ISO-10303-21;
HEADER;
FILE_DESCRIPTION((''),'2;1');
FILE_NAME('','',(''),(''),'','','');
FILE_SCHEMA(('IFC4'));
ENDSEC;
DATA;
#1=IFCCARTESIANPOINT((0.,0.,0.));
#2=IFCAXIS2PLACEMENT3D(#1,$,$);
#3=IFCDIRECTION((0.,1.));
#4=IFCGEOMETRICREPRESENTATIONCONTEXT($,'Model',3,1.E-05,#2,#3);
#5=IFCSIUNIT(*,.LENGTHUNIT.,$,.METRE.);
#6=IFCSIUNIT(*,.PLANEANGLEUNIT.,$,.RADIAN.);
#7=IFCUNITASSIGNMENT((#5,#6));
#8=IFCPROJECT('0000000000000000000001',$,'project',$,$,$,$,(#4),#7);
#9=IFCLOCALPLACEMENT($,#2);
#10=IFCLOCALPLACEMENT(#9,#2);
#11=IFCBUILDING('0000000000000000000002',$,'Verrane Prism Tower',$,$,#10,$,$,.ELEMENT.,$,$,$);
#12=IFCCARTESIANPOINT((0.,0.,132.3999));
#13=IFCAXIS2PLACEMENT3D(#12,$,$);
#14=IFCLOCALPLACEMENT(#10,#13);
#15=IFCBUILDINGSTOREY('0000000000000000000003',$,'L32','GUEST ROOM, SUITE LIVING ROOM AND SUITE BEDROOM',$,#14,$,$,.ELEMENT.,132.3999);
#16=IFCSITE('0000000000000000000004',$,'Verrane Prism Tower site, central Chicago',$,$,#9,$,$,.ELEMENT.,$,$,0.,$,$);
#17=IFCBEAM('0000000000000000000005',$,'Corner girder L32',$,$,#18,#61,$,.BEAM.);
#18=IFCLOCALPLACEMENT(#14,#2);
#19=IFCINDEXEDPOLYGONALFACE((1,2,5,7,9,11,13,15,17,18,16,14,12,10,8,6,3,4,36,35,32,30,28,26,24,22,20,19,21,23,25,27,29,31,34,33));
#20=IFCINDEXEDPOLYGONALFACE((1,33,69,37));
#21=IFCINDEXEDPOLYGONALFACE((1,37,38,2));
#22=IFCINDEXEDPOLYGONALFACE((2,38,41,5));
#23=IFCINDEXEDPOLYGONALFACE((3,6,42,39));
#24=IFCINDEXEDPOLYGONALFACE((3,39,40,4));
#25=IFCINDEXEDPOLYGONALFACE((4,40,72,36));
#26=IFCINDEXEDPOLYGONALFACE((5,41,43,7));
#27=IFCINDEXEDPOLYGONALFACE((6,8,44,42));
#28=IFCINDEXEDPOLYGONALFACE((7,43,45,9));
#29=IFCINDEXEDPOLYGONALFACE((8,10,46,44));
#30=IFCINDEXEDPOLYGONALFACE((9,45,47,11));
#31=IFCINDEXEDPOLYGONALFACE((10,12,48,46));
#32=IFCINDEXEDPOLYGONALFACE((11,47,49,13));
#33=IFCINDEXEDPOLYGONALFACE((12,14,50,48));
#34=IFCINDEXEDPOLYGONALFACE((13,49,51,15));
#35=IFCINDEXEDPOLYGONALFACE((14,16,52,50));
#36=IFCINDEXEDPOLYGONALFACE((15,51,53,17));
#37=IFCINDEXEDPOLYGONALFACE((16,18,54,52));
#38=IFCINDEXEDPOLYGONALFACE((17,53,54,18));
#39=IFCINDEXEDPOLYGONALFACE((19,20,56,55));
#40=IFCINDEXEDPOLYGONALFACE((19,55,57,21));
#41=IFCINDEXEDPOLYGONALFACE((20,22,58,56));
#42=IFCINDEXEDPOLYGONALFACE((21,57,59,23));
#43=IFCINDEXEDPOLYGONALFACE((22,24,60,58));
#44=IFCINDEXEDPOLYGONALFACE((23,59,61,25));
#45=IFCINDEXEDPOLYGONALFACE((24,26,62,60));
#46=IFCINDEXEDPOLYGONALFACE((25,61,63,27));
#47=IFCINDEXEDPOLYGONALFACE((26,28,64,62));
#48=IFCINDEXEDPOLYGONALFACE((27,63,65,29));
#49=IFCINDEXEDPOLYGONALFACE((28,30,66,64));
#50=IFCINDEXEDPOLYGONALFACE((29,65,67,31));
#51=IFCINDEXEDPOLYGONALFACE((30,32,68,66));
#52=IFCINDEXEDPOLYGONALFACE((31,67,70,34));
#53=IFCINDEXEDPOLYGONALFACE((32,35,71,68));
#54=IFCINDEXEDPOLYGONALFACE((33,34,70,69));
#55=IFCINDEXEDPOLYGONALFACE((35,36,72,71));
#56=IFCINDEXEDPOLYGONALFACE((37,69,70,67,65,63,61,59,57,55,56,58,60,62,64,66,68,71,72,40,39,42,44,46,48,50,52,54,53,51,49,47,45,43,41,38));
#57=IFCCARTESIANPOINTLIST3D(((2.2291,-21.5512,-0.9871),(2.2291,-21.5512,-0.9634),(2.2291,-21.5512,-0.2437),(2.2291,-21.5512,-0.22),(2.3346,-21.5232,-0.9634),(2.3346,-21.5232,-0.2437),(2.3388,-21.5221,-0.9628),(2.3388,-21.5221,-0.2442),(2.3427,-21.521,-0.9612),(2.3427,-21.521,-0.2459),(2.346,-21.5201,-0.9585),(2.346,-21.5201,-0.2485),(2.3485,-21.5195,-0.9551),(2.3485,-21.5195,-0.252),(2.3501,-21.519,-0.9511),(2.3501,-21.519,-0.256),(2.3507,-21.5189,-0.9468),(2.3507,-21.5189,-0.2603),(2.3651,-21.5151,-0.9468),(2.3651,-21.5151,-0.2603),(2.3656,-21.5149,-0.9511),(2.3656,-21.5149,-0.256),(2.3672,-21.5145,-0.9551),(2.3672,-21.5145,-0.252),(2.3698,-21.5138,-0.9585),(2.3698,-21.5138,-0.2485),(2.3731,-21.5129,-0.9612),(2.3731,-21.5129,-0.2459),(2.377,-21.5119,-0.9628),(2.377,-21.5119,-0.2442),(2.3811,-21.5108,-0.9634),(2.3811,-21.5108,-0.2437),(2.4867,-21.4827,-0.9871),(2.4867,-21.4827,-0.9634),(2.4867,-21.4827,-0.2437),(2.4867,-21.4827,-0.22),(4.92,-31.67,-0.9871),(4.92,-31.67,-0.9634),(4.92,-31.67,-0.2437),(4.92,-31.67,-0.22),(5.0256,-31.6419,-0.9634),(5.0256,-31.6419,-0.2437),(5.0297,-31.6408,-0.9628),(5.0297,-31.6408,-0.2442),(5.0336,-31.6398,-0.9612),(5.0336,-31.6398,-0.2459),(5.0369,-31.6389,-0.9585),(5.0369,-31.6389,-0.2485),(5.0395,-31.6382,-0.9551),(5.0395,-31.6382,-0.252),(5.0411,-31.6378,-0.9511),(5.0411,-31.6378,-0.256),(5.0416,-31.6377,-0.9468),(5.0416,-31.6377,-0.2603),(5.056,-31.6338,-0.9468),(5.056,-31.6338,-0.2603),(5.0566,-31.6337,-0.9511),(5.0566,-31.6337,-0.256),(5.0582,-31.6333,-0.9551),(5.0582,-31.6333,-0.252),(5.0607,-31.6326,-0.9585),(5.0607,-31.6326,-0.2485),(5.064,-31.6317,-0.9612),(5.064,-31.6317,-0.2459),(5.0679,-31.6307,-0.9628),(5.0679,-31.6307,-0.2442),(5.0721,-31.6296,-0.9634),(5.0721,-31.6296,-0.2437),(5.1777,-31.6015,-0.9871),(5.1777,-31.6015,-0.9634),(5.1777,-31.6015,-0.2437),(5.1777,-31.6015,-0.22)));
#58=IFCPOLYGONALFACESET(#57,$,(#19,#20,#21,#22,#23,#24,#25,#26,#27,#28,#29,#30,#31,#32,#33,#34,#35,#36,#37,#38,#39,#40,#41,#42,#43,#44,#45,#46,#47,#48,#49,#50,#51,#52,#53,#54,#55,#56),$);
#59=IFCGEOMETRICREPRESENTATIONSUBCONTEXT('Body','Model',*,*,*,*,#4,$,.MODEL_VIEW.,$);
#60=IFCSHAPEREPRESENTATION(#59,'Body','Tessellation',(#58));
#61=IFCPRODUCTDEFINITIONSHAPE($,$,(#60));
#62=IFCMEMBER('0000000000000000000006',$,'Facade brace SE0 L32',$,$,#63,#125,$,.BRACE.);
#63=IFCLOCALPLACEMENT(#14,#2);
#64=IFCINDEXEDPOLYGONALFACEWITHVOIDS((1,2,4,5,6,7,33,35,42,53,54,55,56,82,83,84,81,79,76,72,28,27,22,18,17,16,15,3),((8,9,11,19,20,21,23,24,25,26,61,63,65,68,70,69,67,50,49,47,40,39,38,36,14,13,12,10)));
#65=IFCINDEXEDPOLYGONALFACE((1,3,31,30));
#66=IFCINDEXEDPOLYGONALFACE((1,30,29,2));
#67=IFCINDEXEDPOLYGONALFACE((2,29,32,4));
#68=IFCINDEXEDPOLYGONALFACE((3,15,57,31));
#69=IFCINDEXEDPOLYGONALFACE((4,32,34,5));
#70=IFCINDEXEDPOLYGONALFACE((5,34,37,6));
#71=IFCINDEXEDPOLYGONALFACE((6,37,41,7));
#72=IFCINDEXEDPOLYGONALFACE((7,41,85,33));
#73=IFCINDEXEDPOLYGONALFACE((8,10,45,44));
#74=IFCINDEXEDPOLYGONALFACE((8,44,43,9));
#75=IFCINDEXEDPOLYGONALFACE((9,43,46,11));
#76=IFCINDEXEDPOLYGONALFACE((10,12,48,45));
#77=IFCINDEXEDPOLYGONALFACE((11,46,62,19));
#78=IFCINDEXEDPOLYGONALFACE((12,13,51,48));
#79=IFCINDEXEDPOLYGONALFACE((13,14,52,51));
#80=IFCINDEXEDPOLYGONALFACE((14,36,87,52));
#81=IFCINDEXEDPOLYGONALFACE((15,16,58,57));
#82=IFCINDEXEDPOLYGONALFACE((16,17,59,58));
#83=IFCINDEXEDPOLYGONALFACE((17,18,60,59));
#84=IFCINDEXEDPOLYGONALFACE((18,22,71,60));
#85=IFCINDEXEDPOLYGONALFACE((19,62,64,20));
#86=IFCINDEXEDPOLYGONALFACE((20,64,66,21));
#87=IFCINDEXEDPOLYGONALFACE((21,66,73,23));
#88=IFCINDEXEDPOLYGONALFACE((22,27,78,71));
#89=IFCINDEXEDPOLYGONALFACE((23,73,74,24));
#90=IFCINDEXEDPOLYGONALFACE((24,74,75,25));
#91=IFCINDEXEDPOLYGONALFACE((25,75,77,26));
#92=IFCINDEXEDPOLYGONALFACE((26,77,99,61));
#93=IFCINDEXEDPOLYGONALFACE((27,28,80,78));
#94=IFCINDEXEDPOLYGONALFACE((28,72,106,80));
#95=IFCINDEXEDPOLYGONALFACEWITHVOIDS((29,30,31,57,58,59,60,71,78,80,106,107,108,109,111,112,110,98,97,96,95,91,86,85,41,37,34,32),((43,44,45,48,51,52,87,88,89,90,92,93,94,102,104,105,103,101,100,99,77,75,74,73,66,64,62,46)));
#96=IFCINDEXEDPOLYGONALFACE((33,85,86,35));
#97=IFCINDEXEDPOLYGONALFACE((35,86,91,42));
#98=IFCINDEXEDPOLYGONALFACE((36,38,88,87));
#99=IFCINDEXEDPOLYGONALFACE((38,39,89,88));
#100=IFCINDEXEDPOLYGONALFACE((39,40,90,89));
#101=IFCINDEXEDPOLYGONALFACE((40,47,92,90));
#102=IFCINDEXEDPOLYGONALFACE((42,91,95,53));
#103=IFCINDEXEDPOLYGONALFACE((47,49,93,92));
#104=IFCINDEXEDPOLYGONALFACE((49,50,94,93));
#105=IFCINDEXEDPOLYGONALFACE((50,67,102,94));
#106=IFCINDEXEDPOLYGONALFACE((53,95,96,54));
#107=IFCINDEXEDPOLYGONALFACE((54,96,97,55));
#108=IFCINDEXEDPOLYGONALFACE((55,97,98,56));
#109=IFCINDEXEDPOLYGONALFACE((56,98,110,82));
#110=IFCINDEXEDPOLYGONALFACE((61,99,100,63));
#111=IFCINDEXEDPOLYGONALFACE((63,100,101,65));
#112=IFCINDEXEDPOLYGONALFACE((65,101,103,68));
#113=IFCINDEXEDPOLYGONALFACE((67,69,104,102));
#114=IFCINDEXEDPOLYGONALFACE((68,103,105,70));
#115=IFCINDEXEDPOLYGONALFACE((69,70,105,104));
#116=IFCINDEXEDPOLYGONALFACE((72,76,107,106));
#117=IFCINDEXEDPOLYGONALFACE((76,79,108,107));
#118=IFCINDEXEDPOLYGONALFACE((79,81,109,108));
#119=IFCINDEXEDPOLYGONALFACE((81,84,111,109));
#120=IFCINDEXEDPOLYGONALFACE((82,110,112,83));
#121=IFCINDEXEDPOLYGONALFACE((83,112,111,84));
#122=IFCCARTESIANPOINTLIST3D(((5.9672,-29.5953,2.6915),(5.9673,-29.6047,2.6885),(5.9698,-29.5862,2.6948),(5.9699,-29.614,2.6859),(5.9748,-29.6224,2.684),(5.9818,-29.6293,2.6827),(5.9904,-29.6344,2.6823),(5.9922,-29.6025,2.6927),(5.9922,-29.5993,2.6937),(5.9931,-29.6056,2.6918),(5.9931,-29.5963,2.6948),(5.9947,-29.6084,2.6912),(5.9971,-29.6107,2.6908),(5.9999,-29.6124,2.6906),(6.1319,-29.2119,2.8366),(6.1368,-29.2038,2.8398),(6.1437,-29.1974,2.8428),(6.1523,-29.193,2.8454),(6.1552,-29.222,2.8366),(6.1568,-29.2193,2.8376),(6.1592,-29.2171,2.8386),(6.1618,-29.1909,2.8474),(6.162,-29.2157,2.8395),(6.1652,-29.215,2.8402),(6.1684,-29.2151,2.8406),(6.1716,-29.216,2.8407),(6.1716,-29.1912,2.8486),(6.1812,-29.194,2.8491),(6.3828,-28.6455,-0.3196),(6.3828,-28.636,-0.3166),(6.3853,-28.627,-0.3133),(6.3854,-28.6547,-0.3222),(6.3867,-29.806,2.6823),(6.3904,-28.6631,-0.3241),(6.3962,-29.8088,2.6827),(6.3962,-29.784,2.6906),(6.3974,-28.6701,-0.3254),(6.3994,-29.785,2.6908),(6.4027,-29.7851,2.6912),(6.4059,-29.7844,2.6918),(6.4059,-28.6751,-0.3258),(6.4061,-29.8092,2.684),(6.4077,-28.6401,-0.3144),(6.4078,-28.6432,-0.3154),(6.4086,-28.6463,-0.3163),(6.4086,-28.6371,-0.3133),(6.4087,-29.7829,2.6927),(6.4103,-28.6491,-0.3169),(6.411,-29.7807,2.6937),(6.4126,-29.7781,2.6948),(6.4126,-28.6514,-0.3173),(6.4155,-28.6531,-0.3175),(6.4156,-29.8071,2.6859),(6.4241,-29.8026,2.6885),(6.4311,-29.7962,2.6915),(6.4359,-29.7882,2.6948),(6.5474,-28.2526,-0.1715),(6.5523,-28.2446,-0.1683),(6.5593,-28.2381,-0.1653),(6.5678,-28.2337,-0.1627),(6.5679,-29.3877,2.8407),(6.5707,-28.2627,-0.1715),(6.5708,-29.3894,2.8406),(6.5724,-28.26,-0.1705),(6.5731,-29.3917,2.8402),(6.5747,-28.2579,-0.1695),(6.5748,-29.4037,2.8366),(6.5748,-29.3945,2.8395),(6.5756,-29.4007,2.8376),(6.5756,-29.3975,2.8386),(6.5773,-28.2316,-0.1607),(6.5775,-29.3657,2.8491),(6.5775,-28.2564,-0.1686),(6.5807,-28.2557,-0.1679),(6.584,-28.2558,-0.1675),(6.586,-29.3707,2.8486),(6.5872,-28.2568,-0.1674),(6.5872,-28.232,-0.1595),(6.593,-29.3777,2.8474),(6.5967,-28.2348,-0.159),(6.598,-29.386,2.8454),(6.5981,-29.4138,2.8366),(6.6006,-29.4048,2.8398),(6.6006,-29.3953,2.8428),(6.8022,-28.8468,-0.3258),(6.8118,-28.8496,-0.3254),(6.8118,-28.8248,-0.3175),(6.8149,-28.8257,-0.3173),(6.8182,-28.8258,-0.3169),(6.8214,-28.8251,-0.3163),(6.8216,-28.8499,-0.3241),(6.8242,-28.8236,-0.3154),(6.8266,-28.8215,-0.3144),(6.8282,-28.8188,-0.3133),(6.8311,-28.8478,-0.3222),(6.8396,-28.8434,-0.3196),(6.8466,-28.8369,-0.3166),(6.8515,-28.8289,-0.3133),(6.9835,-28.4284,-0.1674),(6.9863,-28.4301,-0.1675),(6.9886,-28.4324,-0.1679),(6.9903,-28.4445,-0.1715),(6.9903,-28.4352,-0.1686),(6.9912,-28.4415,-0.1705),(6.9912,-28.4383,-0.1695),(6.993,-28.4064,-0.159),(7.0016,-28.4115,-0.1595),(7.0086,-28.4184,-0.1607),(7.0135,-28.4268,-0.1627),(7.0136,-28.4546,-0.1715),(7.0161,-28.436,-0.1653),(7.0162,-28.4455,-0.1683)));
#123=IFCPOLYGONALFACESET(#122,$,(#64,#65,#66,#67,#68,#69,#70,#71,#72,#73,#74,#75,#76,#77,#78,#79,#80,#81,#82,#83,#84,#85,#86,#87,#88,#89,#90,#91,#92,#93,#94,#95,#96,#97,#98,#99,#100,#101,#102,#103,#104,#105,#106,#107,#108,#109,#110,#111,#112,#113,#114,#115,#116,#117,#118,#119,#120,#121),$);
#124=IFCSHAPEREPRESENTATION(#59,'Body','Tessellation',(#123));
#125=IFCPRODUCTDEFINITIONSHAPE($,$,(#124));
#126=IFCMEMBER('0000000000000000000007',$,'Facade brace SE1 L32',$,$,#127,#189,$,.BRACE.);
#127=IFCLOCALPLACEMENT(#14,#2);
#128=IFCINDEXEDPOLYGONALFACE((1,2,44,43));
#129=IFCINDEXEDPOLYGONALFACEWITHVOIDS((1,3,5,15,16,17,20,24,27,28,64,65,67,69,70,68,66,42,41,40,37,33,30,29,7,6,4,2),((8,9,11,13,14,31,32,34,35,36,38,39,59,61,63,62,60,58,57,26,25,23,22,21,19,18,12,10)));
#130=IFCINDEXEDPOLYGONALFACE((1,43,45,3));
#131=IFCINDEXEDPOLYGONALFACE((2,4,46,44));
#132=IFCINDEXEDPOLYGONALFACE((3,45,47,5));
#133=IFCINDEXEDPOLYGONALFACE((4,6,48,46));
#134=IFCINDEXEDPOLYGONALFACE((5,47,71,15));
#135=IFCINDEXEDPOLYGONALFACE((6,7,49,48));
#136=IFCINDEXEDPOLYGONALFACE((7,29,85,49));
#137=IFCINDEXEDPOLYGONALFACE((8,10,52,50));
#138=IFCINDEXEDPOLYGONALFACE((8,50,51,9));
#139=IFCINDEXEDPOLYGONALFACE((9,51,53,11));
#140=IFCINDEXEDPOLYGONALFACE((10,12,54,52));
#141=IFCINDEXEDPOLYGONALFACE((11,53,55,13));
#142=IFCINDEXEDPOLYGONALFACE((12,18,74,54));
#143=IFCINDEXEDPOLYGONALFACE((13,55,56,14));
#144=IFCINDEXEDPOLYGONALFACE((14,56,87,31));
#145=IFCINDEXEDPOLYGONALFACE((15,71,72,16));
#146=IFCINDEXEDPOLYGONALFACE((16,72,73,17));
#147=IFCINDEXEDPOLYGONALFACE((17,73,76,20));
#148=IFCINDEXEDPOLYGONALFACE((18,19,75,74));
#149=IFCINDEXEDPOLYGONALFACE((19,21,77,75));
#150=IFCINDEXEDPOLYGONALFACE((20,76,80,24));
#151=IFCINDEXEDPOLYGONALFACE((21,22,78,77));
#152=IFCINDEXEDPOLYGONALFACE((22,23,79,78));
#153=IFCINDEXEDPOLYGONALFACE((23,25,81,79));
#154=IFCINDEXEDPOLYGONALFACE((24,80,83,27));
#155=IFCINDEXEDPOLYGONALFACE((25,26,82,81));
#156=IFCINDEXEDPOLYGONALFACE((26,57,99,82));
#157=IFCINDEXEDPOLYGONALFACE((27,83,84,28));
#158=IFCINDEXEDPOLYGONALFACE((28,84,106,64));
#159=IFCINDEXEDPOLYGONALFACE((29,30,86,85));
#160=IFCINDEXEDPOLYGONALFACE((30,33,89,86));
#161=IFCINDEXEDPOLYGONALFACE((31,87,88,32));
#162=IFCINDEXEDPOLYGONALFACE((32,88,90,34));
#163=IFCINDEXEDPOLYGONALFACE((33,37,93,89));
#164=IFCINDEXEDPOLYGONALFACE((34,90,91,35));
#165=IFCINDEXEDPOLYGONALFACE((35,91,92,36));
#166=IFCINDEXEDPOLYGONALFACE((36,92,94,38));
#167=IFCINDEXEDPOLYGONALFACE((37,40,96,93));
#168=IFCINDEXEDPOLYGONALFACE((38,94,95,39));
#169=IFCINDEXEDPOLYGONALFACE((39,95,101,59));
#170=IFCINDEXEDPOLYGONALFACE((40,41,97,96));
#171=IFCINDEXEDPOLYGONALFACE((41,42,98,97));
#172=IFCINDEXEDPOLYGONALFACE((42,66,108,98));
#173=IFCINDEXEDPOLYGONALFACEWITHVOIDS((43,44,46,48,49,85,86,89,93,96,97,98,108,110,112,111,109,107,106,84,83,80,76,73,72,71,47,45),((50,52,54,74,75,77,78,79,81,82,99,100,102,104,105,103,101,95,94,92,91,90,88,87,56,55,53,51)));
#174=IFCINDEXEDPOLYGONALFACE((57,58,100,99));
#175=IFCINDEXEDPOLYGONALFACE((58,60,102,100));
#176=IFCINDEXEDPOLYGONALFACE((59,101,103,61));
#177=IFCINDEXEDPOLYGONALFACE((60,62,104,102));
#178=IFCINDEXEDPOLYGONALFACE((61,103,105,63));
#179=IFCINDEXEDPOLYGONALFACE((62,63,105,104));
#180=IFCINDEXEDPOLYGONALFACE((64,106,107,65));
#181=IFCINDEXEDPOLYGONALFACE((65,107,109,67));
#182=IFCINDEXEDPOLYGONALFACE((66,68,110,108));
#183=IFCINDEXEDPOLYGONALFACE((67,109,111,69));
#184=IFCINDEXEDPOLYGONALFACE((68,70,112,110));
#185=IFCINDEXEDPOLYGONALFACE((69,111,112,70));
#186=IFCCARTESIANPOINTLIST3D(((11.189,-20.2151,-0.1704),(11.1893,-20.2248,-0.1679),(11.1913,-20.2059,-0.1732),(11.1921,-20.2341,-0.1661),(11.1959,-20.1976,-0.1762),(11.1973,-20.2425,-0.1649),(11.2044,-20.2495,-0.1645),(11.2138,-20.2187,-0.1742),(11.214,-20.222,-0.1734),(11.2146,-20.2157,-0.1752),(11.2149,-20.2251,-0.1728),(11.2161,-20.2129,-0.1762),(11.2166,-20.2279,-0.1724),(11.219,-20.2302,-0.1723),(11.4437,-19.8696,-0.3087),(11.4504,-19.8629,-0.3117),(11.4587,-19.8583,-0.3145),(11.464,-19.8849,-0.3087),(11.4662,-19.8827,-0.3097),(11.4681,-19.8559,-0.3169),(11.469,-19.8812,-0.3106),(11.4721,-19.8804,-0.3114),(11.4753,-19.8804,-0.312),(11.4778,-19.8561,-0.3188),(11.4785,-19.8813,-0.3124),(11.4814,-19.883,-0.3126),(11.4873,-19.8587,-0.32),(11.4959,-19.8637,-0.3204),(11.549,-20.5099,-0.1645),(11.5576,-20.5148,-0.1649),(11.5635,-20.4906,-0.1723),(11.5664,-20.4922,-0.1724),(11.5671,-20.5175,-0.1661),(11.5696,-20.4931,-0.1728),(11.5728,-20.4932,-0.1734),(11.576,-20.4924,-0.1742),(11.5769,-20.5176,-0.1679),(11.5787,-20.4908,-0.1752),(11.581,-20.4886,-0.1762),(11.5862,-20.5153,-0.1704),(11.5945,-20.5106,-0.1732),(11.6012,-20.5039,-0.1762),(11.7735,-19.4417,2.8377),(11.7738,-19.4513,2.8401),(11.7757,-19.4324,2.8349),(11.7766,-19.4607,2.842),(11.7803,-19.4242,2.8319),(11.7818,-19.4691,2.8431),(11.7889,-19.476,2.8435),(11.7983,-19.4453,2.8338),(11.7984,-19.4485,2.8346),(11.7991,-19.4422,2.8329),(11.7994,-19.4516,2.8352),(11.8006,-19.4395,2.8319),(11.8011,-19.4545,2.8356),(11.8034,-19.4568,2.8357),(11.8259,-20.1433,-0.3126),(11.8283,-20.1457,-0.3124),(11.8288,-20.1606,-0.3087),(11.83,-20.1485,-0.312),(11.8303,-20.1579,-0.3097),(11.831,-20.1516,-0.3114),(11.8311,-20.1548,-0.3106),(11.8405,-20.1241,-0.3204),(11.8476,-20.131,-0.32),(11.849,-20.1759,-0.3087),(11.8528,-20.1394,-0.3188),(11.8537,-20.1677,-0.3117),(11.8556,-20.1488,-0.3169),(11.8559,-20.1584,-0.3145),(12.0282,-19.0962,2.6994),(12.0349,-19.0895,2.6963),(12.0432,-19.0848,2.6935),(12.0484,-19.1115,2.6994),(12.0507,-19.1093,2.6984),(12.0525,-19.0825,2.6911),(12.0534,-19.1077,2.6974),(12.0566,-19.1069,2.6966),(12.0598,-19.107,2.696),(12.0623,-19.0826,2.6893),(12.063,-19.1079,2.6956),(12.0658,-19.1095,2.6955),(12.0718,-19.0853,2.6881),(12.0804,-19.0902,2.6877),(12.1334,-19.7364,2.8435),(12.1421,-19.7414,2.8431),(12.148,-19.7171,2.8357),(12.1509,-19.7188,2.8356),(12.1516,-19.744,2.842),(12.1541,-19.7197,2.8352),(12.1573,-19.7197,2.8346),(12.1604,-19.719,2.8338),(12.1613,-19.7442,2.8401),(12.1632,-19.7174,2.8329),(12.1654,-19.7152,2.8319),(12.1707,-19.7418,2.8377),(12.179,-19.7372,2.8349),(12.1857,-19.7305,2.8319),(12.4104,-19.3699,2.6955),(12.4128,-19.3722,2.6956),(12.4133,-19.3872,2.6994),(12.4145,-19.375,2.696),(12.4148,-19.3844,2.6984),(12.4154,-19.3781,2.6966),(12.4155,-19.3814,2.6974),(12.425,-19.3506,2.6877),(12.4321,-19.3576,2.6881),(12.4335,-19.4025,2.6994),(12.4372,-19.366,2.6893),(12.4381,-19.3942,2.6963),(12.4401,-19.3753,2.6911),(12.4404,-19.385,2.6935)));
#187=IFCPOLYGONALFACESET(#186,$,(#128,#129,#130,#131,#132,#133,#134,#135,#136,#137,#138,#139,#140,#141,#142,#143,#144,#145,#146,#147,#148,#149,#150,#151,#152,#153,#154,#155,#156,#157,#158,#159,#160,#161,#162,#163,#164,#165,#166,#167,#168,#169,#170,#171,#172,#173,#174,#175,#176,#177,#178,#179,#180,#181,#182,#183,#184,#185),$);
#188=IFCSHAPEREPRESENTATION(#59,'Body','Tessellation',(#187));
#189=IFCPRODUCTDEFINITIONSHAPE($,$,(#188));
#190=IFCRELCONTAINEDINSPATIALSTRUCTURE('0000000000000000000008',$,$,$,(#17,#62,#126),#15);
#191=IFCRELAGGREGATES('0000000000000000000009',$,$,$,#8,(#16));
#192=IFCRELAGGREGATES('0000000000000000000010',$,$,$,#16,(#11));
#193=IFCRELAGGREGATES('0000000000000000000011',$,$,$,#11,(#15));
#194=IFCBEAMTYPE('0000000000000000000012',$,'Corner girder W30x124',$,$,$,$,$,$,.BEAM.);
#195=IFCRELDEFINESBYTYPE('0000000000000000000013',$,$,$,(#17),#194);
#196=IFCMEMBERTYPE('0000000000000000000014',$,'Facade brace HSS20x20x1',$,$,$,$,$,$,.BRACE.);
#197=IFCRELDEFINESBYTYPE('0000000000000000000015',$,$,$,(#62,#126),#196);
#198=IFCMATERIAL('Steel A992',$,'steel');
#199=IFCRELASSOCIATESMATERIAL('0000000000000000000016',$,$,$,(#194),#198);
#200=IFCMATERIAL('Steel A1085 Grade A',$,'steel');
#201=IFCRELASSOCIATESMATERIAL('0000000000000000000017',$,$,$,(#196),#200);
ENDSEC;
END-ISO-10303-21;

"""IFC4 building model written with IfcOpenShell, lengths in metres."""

from ifc_helpers import new_model, si_unit, direction, frame, origin, origin_2d, place, context, subcontext, project, spatial, hollow_rectangle, i_section, extrude, material, material_profile, profile_set, type_object, element, save


model = new_model("IFC4")

# Units and contexts
model_context = context("Model", 3, precision=1e-05, world=origin(), true_north=direction((0.0, 1.0)))
body_context = subcontext(model_context, "Body", "Model", "MODEL_VIEW")
ifc_project = project(units=[si_unit("LENGTHUNIT", "METRE"), si_unit("PLANEANGLEUNIT", "RADIAN")], contexts=[model_context])

# Site, building, storey
site_placement = place(None, origin())
site = spatial("IfcSite", under=ifc_project, at=site_placement, Name="Verrane Prism Tower site, central Chicago", CompositionType="ELEMENT", RefElevation=0.0)
building_placement = place(site_placement, origin())
building = spatial("IfcBuilding", under=site, at=building_placement, Name="Verrane Prism Tower", CompositionType="ELEMENT")
storey_placement = place(building_placement, frame((0.0, 0.0, 132.3999)))
storey = spatial("IfcBuildingStorey", under=building, at=storey_placement, Name="L32", Description="GUEST ROOM, SUITE LIVING ROOM AND SUITE BEDROOM", CompositionType="ELEMENT", Elevation=132.3999)

# Beam
ifc_material_1 = material(Name="Steel A992", Category="steel")
ifc_material_profile_1 = material_profile(ifc_material_1, i_section(OverallWidth=0.2666, OverallDepth=0.7671, WebThickness=0.0149, FlangeThickness=0.0237, FilletRadius=0.0166, at=origin_2d()), Name="W30x124")
ifc_profile_set_1 = profile_set([ifc_material_profile_1], Name="Steel A992")
beam_type_1 = type_object("IfcBeamType", Name="Corner girder W30x124", PredefinedType="BEAM", material=ifc_profile_set_1)
beam_1_placement = place(storey_placement, frame((5.0488, -31.6357, -0.6035), z_axis=(-0.257004, 0.96641, 0.0), x_axis=(-0.96641, -0.257004, 0.0)))
element("IfcBeam", 1, at=beam_1_placement, inside=storey, type_object=beam_type_1, Name="Corner girder L32", PredefinedType="BEAM", context=body_context, shape_type="SweptSolid", body=[
    extrude(i_section(OverallWidth=0.2666, OverallDepth=0.7671, WebThickness=0.0149, FlangeThickness=0.0237, FilletRadius=0.0166, at=origin_2d()), origin(), (0.0, 0.0, 1.0), 10.4705),
])

# Members
ifc_material_2 = material(Name="Steel A1085 Grade A", Category="steel")
ifc_material_profile_2 = material_profile(ifc_material_2, hollow_rectangle(XDim=0.5081, YDim=0.5081, WallThickness=0.0254, InnerFilletRadius=0.0127, OuterFilletRadius=0.0381, at=origin_2d()), Name="HSS20x20x1")
ifc_profile_set_2 = profile_set([ifc_material_profile_2], Name="Steel A1085 Grade A")
member_type_1 = type_object("IfcMemberType", Name="Facade brace HSS20x20x1", PredefinedType="BRACE", material=ifc_profile_set_2)
member_1_placement = place(storey_placement, frame((6.6995, -28.5408, -0.2424), z_axis=(-0.130483, -0.301216, 0.944586), x_axis=(0.917604, -0.397496, 0.0)))
element("IfcMember", 2, at=member_1_placement, inside=storey, type_object=member_type_1, Name="Facade brace SE0 L32", PredefinedType="BRACE", context=body_context, shape_type="SweptSolid", body=[
    extrude(hollow_rectangle(XDim=0.5081, YDim=0.5081, WallThickness=0.0254, InnerFilletRadius=0.0127, OuterFilletRadius=0.0381, at=origin_2d()), origin(), (0.0, 0.0, 1.0), 3.1846),
])
member_2_placement = place(storey_placement, frame((11.5225, -20.1868, -0.2424), z_axis=(0.184935, 0.244727, 0.951792), x_axis=(-0.797819, 0.602897, 0.0)))
element("IfcMember", 3, at=member_2_placement, inside=storey, type_object=member_type_1, Name="Facade brace SE1 L32", PredefinedType="BRACE", context=body_context, shape_type="SweptSolid", body=[
    extrude(hollow_rectangle(XDim=0.5081, YDim=0.5081, WallThickness=0.0254, InnerFilletRadius=0.0127, OuterFilletRadius=0.0381, at=origin_2d()), origin(), (0.0, 0.0, 1.0), 3.1604),
])

save(model, "model.ifc")
